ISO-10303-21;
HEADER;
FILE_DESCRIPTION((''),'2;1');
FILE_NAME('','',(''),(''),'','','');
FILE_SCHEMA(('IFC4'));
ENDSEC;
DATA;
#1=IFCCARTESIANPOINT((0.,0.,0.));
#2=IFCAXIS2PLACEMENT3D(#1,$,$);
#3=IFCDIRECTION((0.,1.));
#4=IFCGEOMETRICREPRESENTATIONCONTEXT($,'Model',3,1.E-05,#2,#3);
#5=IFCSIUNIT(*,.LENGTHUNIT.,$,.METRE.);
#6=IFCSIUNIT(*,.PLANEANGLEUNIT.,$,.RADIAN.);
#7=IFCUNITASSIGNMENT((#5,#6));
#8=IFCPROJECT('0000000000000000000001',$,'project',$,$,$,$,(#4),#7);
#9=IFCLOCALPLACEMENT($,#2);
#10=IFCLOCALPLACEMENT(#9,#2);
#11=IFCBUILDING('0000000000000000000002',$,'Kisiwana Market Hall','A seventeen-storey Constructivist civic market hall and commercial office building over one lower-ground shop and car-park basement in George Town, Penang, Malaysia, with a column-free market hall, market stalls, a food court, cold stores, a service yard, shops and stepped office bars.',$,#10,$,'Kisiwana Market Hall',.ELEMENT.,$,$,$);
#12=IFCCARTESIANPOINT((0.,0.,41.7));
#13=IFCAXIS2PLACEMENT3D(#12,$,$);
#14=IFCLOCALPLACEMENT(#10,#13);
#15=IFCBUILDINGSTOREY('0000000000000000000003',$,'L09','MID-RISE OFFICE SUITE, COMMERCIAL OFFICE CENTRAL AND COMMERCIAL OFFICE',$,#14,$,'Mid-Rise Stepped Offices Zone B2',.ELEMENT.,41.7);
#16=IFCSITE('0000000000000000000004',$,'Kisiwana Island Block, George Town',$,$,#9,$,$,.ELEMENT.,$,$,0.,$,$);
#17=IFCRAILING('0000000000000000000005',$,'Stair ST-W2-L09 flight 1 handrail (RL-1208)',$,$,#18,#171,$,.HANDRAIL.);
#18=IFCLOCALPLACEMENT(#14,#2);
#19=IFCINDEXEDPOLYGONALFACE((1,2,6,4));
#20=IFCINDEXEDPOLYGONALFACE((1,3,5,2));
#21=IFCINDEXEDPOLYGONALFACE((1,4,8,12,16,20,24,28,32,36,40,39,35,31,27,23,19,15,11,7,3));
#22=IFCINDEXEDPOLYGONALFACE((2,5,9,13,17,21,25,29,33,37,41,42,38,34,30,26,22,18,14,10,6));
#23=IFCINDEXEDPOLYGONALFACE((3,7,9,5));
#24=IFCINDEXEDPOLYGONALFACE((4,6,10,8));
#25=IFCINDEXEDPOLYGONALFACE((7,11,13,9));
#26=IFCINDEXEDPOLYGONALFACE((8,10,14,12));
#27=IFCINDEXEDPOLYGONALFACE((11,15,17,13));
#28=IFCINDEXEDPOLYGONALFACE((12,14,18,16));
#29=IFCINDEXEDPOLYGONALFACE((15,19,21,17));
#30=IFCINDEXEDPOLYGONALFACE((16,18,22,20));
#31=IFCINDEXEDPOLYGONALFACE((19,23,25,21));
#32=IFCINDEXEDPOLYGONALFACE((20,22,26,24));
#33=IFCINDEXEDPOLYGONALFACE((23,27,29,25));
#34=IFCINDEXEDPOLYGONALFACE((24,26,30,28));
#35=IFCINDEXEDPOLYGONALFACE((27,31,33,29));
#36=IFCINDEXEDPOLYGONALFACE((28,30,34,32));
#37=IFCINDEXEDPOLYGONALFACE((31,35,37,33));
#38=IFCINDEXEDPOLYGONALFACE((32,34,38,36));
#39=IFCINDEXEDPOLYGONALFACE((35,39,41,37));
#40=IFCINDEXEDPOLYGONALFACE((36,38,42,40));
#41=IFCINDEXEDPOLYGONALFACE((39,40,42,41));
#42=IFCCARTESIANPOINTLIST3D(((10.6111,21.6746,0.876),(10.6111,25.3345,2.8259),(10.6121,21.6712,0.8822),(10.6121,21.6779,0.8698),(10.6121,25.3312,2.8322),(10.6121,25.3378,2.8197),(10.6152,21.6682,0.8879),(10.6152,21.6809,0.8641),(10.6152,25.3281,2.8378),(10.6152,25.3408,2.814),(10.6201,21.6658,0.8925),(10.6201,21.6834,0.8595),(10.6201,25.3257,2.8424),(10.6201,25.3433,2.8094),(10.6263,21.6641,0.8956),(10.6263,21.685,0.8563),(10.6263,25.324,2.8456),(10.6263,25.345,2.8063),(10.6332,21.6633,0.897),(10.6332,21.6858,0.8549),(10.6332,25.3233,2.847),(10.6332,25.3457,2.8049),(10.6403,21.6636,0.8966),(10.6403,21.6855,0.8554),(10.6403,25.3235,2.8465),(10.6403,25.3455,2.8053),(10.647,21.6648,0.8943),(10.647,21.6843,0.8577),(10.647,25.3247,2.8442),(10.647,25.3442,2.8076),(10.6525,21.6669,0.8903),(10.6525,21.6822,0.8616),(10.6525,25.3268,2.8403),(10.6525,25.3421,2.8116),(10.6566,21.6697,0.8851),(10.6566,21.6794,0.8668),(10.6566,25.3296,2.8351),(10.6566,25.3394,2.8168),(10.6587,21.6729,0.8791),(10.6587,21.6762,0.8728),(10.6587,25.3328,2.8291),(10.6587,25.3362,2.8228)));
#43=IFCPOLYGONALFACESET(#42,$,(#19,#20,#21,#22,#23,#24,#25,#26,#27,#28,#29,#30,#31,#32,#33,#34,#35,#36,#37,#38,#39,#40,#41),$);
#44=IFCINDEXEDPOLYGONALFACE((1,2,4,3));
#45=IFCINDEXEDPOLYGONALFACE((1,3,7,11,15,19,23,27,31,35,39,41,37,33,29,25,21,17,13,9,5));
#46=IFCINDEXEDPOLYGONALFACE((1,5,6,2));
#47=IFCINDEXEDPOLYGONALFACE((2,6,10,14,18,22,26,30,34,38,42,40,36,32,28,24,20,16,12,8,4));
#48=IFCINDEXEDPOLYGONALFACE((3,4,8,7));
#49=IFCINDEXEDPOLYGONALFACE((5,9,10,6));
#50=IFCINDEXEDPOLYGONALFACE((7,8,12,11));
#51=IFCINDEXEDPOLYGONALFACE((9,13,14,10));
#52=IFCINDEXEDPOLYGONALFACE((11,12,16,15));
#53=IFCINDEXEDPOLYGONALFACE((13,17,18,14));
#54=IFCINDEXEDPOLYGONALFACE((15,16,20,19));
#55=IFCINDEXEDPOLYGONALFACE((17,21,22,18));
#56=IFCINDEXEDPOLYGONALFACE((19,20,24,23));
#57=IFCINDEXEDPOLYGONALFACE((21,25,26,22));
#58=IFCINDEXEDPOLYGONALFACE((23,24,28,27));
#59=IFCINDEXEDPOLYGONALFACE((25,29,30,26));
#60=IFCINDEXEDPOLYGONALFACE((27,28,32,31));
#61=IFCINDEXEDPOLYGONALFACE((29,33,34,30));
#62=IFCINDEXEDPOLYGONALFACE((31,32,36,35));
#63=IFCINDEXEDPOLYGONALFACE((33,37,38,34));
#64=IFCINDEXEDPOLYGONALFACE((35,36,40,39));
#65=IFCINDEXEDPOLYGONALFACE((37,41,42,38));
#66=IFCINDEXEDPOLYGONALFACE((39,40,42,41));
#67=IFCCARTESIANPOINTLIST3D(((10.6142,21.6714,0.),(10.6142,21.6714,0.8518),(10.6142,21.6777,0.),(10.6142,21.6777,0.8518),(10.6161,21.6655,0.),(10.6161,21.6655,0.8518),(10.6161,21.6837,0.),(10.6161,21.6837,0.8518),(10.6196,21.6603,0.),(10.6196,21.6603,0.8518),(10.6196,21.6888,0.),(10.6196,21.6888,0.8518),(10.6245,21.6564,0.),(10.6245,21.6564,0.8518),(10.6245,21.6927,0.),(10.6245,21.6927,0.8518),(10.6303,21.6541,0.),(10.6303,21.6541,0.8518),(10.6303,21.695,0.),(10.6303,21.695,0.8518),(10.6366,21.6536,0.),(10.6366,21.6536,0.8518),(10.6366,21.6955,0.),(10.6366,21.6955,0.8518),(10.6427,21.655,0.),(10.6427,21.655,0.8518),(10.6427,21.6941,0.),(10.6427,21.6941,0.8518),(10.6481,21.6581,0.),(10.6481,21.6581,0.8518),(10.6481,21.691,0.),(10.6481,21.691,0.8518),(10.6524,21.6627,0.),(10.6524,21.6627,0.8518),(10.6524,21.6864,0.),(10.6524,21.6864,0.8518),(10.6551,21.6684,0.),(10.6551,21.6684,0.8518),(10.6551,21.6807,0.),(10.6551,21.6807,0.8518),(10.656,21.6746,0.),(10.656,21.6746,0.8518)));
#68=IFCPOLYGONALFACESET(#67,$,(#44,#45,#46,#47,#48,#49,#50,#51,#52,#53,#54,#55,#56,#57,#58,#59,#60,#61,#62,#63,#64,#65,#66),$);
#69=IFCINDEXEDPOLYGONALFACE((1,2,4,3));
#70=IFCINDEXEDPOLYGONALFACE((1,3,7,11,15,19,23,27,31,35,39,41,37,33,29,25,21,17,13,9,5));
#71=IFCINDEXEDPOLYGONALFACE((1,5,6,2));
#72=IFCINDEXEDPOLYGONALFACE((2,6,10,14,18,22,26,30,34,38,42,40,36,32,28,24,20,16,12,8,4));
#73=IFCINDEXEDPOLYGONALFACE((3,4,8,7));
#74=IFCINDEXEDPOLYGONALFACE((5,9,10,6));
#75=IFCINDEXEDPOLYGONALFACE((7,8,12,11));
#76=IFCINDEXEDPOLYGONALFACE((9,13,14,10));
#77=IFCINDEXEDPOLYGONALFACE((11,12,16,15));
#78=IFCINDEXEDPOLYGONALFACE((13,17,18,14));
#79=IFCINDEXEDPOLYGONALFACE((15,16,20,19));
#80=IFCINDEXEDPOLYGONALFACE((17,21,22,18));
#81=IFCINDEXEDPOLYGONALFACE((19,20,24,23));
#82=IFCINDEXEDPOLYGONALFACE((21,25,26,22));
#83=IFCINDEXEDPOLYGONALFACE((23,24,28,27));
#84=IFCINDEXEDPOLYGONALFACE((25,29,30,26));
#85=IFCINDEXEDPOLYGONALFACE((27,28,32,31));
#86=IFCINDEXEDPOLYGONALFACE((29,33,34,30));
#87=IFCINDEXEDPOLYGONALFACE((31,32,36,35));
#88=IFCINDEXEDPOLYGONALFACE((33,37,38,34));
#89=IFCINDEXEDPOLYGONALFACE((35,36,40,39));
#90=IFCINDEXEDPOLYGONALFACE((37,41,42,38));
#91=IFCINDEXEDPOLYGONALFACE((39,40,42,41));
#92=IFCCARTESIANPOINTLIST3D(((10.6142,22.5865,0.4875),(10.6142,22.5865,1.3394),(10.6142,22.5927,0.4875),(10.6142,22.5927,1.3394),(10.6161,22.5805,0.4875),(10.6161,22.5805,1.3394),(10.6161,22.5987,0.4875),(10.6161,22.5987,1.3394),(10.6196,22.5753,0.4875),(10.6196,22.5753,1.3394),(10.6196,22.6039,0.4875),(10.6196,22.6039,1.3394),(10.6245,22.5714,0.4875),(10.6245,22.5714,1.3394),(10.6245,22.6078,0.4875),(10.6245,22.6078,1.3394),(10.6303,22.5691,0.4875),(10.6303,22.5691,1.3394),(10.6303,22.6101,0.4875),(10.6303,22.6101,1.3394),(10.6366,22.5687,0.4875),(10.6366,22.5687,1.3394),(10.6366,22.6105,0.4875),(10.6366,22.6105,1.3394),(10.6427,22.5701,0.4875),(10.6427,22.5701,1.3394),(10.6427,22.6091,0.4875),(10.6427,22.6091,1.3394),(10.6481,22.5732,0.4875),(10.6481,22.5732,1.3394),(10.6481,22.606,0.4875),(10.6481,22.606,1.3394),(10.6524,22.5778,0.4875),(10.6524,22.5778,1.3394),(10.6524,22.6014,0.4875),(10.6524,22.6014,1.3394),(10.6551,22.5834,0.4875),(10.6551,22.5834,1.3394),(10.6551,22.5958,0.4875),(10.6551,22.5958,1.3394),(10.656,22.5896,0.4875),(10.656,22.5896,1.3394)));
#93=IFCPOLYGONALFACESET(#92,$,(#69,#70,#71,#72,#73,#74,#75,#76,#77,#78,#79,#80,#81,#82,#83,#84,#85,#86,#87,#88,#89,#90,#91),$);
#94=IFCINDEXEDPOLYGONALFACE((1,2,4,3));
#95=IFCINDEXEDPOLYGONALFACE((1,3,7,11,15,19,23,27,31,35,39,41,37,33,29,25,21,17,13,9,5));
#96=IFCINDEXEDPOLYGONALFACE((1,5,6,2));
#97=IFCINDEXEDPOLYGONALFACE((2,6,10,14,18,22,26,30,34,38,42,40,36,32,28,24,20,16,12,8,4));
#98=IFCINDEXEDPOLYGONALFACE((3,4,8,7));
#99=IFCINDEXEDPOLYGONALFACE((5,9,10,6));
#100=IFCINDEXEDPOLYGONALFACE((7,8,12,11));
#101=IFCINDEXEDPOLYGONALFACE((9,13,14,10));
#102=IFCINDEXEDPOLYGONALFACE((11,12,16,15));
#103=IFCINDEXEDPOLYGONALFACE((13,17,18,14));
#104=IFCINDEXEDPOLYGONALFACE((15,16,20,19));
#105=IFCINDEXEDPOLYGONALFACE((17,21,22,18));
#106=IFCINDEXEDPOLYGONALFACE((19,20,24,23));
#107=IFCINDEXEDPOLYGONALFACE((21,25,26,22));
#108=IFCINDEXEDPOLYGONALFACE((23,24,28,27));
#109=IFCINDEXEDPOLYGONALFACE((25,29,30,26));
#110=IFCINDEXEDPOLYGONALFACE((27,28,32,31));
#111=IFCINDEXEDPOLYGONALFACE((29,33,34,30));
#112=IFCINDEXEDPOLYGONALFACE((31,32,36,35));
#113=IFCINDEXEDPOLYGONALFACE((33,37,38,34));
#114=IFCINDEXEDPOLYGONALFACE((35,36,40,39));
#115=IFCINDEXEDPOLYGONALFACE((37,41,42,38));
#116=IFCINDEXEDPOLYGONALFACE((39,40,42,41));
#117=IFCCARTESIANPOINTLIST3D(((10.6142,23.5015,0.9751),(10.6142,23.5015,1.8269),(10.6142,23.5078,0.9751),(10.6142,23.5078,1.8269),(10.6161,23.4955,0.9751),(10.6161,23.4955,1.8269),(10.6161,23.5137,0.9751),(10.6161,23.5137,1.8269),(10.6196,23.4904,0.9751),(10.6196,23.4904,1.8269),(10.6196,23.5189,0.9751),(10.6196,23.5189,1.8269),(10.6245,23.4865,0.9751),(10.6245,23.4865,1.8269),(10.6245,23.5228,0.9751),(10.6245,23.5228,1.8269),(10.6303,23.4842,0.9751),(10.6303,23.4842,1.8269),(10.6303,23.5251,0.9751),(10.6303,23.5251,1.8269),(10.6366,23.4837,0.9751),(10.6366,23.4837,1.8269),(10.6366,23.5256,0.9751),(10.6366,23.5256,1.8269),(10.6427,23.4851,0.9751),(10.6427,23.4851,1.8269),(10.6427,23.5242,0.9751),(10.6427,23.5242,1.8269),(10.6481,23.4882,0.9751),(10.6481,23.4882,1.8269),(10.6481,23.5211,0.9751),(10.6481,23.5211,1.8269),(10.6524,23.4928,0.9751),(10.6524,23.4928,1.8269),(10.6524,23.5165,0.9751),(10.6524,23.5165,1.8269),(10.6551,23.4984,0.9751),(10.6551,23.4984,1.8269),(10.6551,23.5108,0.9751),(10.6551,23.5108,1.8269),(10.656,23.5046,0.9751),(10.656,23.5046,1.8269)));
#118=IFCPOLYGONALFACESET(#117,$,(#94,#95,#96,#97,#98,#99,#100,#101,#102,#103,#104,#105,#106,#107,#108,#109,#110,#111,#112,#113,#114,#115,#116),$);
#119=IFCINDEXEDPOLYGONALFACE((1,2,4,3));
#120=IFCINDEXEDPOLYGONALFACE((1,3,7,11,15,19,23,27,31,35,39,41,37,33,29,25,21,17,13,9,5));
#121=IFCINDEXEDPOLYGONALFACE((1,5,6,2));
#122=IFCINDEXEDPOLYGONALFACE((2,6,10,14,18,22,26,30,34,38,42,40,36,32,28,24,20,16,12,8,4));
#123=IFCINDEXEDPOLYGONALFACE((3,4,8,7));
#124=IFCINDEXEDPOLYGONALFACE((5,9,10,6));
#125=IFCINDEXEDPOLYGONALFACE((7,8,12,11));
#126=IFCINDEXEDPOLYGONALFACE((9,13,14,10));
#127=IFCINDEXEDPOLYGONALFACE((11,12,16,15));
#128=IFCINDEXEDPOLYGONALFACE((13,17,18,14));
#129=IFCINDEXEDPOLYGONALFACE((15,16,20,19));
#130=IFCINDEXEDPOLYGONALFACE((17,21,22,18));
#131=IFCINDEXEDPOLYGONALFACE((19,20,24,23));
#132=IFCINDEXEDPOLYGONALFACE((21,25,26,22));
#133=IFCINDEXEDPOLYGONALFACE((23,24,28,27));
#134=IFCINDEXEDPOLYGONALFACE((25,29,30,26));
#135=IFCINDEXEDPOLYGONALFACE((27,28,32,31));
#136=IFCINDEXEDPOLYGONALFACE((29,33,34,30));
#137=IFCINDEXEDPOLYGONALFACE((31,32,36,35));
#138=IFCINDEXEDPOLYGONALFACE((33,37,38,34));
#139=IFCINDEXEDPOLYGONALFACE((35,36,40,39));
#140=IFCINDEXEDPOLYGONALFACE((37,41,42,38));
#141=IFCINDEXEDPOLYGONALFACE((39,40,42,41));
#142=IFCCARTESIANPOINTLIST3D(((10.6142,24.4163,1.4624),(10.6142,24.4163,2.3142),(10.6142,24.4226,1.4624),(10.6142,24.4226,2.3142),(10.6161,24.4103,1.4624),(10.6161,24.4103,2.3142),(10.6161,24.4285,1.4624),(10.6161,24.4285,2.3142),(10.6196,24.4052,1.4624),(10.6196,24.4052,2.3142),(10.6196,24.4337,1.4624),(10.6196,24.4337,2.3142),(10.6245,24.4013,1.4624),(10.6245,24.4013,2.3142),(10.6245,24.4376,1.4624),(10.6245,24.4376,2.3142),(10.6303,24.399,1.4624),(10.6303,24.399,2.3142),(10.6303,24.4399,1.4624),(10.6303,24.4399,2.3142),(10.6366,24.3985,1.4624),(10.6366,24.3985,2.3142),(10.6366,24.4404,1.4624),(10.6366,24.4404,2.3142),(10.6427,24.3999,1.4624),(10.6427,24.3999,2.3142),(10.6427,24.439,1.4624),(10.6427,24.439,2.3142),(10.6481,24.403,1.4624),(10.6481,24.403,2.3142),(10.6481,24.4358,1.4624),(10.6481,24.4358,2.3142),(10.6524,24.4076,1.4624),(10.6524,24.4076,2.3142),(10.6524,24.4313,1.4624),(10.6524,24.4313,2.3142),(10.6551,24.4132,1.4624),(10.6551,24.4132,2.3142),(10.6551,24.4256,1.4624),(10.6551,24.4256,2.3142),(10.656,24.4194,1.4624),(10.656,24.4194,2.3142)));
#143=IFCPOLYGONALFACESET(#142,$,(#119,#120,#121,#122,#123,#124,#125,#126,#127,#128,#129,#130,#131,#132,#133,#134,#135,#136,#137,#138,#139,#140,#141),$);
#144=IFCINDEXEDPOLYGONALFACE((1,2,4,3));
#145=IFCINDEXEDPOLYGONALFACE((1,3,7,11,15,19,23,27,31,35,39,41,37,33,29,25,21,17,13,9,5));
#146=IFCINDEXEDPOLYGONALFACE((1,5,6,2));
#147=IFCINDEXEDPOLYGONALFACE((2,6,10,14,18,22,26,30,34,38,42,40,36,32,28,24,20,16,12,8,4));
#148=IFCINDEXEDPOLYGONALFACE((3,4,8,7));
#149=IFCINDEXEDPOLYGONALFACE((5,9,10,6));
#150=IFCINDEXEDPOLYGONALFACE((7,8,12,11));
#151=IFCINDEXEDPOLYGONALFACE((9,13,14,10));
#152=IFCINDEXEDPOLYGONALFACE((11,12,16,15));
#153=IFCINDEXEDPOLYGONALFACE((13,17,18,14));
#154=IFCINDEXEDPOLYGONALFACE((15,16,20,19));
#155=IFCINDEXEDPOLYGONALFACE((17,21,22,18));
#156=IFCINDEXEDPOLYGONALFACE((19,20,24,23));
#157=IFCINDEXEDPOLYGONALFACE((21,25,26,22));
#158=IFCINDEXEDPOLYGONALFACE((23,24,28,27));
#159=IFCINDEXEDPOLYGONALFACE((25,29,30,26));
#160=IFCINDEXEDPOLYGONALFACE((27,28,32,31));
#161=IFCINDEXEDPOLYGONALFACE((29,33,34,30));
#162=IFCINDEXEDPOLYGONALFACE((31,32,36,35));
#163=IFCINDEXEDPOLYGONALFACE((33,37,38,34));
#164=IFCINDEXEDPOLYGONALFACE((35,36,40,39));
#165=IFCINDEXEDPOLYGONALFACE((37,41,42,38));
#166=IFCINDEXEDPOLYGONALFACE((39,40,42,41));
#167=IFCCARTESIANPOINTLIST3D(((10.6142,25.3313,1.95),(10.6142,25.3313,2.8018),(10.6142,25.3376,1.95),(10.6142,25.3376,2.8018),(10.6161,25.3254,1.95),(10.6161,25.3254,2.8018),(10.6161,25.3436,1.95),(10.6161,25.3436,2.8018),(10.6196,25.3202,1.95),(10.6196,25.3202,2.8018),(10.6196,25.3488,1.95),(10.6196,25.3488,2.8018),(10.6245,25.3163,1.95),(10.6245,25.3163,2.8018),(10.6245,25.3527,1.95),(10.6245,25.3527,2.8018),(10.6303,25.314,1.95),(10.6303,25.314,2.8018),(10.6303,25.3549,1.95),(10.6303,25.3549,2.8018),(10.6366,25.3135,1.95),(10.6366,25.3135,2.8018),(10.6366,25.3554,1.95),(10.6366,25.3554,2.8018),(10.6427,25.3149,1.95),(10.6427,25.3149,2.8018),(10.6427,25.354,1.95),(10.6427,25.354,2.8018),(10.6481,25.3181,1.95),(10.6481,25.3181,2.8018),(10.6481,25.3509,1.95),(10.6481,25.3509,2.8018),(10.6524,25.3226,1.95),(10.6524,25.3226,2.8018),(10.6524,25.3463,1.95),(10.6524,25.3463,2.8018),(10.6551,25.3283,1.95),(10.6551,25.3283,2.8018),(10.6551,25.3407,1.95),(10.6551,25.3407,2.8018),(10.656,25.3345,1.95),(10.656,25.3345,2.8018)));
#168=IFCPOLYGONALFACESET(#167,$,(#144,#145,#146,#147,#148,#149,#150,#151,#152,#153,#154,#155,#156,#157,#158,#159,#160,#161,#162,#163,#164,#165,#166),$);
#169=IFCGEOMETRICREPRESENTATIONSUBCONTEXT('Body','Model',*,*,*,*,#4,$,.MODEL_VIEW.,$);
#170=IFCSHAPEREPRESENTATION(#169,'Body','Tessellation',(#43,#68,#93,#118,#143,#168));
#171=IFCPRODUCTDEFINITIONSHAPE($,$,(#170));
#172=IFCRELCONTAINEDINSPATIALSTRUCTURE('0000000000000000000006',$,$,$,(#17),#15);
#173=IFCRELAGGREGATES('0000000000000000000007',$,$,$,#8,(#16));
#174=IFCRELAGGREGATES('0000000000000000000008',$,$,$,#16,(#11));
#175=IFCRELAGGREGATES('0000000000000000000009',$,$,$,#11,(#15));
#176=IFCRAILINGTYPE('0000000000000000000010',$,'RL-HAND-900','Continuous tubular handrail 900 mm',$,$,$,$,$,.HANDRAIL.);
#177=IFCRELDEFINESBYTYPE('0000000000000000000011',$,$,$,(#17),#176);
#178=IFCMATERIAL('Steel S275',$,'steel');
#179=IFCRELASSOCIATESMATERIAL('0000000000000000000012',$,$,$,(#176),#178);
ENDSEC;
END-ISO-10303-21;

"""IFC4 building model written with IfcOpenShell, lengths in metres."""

from ifc_helpers import new_model, si_unit, direction, frame, origin, origin_2d, place, context, subcontext, project, spatial, circle, extrude, material, type_object, element, save


model = new_model("IFC4")

# Units and contexts
model_context = context("Model", 3, precision=1e-05, world=origin(), true_north=direction((0.0, 1.0)))
body_context = subcontext(model_context, "Body", "Model", "MODEL_VIEW")
ifc_project = project(units=[si_unit("LENGTHUNIT", "METRE"), si_unit("PLANEANGLEUNIT", "RADIAN")], contexts=[model_context])

# Site, building, storey
site_placement = place(None, origin())
site = spatial("IfcSite", under=ifc_project, at=site_placement, Name="Kisiwana Island Block, George Town", CompositionType="ELEMENT", RefElevation=0.0)
building_placement = place(site_placement, origin())
building = spatial("IfcBuilding", under=site, at=building_placement, Name="Kisiwana Market Hall", Description="A seventeen-storey Constructivist civic market hall and commercial office building over one lower-ground shop and car-park basement in George Town, Penang, Malaysia, with a column-free market hall, market stalls, a food court, cold stores, a service yard, shops and stepped office bars.", LongName="Kisiwana Market Hall", CompositionType="ELEMENT")
storey_placement = place(building_placement, frame((0.0, 0.0, 41.7)))
storey = spatial("IfcBuildingStorey", under=building, at=storey_placement, Name="L09", Description="MID-RISE OFFICE SUITE, COMMERCIAL OFFICE CENTRAL AND COMMERCIAL OFFICE", LongName="Mid-Rise Stepped Offices Zone B2", CompositionType="ELEMENT", Elevation=41.7)

# Railing
ifc_material_1 = material(Name="Steel S275", Category="steel")
railing_type_1 = type_object("IfcRailingType", Name="RL-HAND-900", Description="Continuous tubular handrail 900 mm", PredefinedType="HANDRAIL", material=ifc_material_1)
railing_1_placement = place(storey_placement, frame((10.635, 21.6746, 0.0)))
element("IfcRailing", 1, at=railing_1_placement, inside=storey, type_object=railing_type_1, Name="Stair ST-W2-L09 flight 1 handrail (RL-1208)", PredefinedType="HANDRAIL", context=body_context, shape_type="SweptSolid", body=[
    extrude(circle(Radius=0.0239, at=origin_2d()), frame((0.0, 0.0, 0.876), z_axis=(0.0, 0.882553, 0.470212), x_axis=(-1.0, 0.0, 0.0)), (0.0, 0.0, 1.0), 4.147),
    extrude(circle(Radius=0.021, at=origin_2d()), origin(), (0.0, 0.0, 1.0), 0.8518),
    extrude(circle(Radius=0.021, at=origin_2d()), frame((0.0, 0.915, 0.4875)), (0.0, 0.0, 1.0), 0.8518),
    extrude(circle(Radius=0.021, at=origin_2d()), frame((0.0, 1.8301, 0.9751)), (0.0, 0.0, 1.0), 0.8518),
    extrude(circle(Radius=0.021, at=origin_2d()), frame((0.0, 2.7449, 1.4624)), (0.0, 0.0, 1.0), 0.8518),
    extrude(circle(Radius=0.021, at=origin_2d()), frame((0.0, 3.6599, 1.95)), (0.0, 0.0, 1.0), 0.8518),
])

save(model, "model.ifc")
